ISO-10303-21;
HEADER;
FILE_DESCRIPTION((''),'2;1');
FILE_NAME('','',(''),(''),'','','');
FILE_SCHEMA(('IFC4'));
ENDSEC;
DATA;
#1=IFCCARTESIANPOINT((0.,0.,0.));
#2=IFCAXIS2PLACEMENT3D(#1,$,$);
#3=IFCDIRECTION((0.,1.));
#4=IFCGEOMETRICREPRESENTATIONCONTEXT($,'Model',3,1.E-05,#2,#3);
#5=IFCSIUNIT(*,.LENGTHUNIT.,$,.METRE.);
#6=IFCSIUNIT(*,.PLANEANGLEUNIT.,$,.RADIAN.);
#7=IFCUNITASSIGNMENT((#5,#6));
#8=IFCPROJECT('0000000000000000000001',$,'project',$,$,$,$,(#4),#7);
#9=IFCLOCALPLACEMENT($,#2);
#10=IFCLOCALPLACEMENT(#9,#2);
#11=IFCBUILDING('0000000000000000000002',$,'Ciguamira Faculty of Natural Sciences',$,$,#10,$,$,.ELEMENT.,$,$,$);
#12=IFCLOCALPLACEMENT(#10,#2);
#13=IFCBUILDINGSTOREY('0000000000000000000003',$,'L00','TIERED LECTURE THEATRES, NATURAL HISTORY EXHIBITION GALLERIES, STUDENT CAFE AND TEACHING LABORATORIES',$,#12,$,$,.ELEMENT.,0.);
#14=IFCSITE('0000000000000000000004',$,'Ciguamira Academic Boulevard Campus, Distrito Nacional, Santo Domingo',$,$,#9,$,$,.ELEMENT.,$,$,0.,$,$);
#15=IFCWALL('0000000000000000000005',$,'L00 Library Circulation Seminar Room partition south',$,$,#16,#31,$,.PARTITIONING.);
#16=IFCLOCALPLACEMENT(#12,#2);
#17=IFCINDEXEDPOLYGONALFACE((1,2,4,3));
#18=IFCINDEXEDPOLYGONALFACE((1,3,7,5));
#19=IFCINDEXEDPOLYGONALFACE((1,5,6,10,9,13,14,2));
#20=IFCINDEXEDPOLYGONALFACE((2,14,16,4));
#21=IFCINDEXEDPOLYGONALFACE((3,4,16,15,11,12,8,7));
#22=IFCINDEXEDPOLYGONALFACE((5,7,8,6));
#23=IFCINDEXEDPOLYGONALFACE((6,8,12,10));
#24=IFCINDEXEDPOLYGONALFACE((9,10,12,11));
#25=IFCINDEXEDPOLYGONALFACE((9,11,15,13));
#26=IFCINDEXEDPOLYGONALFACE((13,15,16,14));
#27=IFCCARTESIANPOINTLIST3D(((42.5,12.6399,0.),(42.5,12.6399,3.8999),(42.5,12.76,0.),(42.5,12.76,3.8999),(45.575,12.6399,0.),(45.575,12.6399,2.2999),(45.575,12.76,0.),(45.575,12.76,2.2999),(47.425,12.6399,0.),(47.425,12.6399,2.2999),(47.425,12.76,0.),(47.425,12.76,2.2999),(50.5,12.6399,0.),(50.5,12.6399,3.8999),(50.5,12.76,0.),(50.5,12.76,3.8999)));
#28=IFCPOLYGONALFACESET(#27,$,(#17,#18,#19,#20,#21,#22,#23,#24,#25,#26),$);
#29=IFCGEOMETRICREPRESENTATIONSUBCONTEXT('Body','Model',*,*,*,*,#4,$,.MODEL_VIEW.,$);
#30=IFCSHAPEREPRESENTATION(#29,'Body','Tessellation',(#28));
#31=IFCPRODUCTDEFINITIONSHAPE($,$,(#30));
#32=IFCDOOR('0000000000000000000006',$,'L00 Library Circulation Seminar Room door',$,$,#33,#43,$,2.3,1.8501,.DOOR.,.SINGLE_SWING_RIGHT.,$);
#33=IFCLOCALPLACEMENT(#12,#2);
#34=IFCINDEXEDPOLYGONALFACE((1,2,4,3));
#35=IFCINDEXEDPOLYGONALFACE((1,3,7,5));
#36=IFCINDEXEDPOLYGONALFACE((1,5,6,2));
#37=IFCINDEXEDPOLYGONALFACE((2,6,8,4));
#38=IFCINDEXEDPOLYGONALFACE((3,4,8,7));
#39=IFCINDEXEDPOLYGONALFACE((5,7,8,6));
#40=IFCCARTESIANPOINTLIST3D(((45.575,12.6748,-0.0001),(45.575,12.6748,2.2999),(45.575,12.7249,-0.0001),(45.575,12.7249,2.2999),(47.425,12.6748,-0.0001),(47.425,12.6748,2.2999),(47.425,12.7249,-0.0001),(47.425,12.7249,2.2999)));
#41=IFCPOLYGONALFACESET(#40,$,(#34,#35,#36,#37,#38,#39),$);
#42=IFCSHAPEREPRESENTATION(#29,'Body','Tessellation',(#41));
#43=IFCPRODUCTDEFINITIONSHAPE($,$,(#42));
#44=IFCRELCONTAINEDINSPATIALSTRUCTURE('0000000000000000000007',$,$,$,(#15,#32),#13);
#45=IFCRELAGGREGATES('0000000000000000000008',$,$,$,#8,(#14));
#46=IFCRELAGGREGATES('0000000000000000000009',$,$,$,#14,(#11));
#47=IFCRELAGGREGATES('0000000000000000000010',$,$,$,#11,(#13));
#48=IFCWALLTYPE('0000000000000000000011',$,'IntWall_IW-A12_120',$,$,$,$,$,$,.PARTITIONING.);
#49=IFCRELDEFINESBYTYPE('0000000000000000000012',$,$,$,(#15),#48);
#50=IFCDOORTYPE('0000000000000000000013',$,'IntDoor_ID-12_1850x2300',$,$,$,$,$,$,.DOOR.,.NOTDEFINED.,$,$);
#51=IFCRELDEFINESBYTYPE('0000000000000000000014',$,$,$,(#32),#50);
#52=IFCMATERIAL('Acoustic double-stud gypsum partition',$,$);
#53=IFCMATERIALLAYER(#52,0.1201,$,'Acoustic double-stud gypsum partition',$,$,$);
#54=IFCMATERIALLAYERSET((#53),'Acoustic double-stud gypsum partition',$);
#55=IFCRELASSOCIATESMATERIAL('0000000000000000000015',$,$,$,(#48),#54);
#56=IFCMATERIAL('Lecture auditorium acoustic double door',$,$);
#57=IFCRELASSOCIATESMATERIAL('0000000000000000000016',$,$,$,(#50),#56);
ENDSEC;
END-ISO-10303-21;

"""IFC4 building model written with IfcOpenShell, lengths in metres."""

from ifc_helpers import new_model, si_unit, direction, frame, frame_2d, origin, place, context, subcontext, project, spatial, rectangle, extrude, material, layer, layer_set, type_object, element, fill, save


model = new_model("IFC4")

# Units and contexts
model_context = context("Model", 3, precision=1e-05, world=origin(), true_north=direction((0.0, 1.0)))
body_context = subcontext(model_context, "Body", "Model", "MODEL_VIEW")
ifc_project = project(units=[si_unit("LENGTHUNIT", "METRE"), si_unit("PLANEANGLEUNIT", "RADIAN")], contexts=[model_context])

# Site, building, storey
site_placement = place(None, origin())
site = spatial("IfcSite", under=ifc_project, at=site_placement, Name="Ciguamira Academic Boulevard Campus, Distrito Nacional, Santo Domingo", CompositionType="ELEMENT", RefElevation=0.0)
building_placement = place(site_placement, origin())
building = spatial("IfcBuilding", under=site, at=building_placement, Name="Ciguamira Faculty of Natural Sciences", CompositionType="ELEMENT")
storey_placement = place(building_placement, origin())
storey = spatial("IfcBuildingStorey", under=building, at=storey_placement, Name="L00", Description="TIERED LECTURE THEATRES, NATURAL HISTORY EXHIBITION GALLERIES, STUDENT CAFE AND TEACHING LABORATORIES", CompositionType="ELEMENT", Elevation=0.0)

# Wall, opening, door
ifc_material_1 = material(Name="Acoustic double-stud gypsum partition")
ifc_layer_1 = layer(ifc_material_1, 0.1201, Name="Acoustic double-stud gypsum partition")
ifc_layer_set_1 = layer_set([ifc_layer_1], Name="Acoustic double-stud gypsum partition")
wall_type_1 = type_object("IfcWallType", Name="IntWall_IW-A12_120", PredefinedType="PARTITIONING", material=ifc_layer_set_1)
wall_1_placement = place(storey_placement, frame((42.5, 12.7, 0.0), z_axis=(0.0, 0.0, 1.0), x_axis=(1.0, 0.0, 0.0)))
wall_1 = element("IfcWall", 1, at=wall_1_placement, inside=storey, type_object=wall_type_1, Name="L00 Library Circulation Seminar Room partition south", PredefinedType="PARTITIONING", context=body_context, shape_type="SweptSolid", body=[
    extrude(rectangle(XDim=8.0, YDim=0.1201, at=frame_2d((4.0, 0.0))), origin(), (0.0, 0.0, 1.0), 3.8999),
])
opening_1_placement = place(wall_1_placement, frame((3.075, 0.0, 0.0)))
opening_1 = element("IfcOpeningElement", 2, at=opening_1_placement, cuts=wall_1, PredefinedType="OPENING", context=body_context, shape_type="SweptSolid", body=[
    extrude(rectangle(XDim=1.8501, YDim=2.3, at=frame_2d((0.925, 1.1499))), frame((0.0, 0.0701, 0.0), z_axis=(0.0, -1.0, 0.0), x_axis=(1.0, 0.0, 0.0)), (0.0, 0.0, 1.0), 0.1401),
])
ifc_material_2 = material(Name="Lecture auditorium acoustic double door")
door_type_1 = type_object("IfcDoorType", Name="IntDoor_ID-12_1850x2300", OperationType="NOTDEFINED", PredefinedType="DOOR", material=ifc_material_2)
door_1_placement = place(opening_1_placement, origin())
door_1 = element("IfcDoor", 3, at=door_1_placement, inside=storey, type_object=door_type_1, Name="L00 Library Circulation Seminar Room door", OperationType="SINGLE_SWING_RIGHT", OverallHeight=2.3, OverallWidth=1.8501, PredefinedType="DOOR", context=body_context, shape_type="SweptSolid", body=[
    extrude(rectangle(XDim=1.8501, YDim=2.3, at=frame_2d((0.925, 1.1499))), frame((0.0, 0.0249, 0.0), z_axis=(0.0, -1.0, 0.0), x_axis=(1.0, 0.0, 0.0)), (0.0, 0.0, 1.0), 0.05),
])
fill(opening_1, door_1)

save(model, "model.ifc")
